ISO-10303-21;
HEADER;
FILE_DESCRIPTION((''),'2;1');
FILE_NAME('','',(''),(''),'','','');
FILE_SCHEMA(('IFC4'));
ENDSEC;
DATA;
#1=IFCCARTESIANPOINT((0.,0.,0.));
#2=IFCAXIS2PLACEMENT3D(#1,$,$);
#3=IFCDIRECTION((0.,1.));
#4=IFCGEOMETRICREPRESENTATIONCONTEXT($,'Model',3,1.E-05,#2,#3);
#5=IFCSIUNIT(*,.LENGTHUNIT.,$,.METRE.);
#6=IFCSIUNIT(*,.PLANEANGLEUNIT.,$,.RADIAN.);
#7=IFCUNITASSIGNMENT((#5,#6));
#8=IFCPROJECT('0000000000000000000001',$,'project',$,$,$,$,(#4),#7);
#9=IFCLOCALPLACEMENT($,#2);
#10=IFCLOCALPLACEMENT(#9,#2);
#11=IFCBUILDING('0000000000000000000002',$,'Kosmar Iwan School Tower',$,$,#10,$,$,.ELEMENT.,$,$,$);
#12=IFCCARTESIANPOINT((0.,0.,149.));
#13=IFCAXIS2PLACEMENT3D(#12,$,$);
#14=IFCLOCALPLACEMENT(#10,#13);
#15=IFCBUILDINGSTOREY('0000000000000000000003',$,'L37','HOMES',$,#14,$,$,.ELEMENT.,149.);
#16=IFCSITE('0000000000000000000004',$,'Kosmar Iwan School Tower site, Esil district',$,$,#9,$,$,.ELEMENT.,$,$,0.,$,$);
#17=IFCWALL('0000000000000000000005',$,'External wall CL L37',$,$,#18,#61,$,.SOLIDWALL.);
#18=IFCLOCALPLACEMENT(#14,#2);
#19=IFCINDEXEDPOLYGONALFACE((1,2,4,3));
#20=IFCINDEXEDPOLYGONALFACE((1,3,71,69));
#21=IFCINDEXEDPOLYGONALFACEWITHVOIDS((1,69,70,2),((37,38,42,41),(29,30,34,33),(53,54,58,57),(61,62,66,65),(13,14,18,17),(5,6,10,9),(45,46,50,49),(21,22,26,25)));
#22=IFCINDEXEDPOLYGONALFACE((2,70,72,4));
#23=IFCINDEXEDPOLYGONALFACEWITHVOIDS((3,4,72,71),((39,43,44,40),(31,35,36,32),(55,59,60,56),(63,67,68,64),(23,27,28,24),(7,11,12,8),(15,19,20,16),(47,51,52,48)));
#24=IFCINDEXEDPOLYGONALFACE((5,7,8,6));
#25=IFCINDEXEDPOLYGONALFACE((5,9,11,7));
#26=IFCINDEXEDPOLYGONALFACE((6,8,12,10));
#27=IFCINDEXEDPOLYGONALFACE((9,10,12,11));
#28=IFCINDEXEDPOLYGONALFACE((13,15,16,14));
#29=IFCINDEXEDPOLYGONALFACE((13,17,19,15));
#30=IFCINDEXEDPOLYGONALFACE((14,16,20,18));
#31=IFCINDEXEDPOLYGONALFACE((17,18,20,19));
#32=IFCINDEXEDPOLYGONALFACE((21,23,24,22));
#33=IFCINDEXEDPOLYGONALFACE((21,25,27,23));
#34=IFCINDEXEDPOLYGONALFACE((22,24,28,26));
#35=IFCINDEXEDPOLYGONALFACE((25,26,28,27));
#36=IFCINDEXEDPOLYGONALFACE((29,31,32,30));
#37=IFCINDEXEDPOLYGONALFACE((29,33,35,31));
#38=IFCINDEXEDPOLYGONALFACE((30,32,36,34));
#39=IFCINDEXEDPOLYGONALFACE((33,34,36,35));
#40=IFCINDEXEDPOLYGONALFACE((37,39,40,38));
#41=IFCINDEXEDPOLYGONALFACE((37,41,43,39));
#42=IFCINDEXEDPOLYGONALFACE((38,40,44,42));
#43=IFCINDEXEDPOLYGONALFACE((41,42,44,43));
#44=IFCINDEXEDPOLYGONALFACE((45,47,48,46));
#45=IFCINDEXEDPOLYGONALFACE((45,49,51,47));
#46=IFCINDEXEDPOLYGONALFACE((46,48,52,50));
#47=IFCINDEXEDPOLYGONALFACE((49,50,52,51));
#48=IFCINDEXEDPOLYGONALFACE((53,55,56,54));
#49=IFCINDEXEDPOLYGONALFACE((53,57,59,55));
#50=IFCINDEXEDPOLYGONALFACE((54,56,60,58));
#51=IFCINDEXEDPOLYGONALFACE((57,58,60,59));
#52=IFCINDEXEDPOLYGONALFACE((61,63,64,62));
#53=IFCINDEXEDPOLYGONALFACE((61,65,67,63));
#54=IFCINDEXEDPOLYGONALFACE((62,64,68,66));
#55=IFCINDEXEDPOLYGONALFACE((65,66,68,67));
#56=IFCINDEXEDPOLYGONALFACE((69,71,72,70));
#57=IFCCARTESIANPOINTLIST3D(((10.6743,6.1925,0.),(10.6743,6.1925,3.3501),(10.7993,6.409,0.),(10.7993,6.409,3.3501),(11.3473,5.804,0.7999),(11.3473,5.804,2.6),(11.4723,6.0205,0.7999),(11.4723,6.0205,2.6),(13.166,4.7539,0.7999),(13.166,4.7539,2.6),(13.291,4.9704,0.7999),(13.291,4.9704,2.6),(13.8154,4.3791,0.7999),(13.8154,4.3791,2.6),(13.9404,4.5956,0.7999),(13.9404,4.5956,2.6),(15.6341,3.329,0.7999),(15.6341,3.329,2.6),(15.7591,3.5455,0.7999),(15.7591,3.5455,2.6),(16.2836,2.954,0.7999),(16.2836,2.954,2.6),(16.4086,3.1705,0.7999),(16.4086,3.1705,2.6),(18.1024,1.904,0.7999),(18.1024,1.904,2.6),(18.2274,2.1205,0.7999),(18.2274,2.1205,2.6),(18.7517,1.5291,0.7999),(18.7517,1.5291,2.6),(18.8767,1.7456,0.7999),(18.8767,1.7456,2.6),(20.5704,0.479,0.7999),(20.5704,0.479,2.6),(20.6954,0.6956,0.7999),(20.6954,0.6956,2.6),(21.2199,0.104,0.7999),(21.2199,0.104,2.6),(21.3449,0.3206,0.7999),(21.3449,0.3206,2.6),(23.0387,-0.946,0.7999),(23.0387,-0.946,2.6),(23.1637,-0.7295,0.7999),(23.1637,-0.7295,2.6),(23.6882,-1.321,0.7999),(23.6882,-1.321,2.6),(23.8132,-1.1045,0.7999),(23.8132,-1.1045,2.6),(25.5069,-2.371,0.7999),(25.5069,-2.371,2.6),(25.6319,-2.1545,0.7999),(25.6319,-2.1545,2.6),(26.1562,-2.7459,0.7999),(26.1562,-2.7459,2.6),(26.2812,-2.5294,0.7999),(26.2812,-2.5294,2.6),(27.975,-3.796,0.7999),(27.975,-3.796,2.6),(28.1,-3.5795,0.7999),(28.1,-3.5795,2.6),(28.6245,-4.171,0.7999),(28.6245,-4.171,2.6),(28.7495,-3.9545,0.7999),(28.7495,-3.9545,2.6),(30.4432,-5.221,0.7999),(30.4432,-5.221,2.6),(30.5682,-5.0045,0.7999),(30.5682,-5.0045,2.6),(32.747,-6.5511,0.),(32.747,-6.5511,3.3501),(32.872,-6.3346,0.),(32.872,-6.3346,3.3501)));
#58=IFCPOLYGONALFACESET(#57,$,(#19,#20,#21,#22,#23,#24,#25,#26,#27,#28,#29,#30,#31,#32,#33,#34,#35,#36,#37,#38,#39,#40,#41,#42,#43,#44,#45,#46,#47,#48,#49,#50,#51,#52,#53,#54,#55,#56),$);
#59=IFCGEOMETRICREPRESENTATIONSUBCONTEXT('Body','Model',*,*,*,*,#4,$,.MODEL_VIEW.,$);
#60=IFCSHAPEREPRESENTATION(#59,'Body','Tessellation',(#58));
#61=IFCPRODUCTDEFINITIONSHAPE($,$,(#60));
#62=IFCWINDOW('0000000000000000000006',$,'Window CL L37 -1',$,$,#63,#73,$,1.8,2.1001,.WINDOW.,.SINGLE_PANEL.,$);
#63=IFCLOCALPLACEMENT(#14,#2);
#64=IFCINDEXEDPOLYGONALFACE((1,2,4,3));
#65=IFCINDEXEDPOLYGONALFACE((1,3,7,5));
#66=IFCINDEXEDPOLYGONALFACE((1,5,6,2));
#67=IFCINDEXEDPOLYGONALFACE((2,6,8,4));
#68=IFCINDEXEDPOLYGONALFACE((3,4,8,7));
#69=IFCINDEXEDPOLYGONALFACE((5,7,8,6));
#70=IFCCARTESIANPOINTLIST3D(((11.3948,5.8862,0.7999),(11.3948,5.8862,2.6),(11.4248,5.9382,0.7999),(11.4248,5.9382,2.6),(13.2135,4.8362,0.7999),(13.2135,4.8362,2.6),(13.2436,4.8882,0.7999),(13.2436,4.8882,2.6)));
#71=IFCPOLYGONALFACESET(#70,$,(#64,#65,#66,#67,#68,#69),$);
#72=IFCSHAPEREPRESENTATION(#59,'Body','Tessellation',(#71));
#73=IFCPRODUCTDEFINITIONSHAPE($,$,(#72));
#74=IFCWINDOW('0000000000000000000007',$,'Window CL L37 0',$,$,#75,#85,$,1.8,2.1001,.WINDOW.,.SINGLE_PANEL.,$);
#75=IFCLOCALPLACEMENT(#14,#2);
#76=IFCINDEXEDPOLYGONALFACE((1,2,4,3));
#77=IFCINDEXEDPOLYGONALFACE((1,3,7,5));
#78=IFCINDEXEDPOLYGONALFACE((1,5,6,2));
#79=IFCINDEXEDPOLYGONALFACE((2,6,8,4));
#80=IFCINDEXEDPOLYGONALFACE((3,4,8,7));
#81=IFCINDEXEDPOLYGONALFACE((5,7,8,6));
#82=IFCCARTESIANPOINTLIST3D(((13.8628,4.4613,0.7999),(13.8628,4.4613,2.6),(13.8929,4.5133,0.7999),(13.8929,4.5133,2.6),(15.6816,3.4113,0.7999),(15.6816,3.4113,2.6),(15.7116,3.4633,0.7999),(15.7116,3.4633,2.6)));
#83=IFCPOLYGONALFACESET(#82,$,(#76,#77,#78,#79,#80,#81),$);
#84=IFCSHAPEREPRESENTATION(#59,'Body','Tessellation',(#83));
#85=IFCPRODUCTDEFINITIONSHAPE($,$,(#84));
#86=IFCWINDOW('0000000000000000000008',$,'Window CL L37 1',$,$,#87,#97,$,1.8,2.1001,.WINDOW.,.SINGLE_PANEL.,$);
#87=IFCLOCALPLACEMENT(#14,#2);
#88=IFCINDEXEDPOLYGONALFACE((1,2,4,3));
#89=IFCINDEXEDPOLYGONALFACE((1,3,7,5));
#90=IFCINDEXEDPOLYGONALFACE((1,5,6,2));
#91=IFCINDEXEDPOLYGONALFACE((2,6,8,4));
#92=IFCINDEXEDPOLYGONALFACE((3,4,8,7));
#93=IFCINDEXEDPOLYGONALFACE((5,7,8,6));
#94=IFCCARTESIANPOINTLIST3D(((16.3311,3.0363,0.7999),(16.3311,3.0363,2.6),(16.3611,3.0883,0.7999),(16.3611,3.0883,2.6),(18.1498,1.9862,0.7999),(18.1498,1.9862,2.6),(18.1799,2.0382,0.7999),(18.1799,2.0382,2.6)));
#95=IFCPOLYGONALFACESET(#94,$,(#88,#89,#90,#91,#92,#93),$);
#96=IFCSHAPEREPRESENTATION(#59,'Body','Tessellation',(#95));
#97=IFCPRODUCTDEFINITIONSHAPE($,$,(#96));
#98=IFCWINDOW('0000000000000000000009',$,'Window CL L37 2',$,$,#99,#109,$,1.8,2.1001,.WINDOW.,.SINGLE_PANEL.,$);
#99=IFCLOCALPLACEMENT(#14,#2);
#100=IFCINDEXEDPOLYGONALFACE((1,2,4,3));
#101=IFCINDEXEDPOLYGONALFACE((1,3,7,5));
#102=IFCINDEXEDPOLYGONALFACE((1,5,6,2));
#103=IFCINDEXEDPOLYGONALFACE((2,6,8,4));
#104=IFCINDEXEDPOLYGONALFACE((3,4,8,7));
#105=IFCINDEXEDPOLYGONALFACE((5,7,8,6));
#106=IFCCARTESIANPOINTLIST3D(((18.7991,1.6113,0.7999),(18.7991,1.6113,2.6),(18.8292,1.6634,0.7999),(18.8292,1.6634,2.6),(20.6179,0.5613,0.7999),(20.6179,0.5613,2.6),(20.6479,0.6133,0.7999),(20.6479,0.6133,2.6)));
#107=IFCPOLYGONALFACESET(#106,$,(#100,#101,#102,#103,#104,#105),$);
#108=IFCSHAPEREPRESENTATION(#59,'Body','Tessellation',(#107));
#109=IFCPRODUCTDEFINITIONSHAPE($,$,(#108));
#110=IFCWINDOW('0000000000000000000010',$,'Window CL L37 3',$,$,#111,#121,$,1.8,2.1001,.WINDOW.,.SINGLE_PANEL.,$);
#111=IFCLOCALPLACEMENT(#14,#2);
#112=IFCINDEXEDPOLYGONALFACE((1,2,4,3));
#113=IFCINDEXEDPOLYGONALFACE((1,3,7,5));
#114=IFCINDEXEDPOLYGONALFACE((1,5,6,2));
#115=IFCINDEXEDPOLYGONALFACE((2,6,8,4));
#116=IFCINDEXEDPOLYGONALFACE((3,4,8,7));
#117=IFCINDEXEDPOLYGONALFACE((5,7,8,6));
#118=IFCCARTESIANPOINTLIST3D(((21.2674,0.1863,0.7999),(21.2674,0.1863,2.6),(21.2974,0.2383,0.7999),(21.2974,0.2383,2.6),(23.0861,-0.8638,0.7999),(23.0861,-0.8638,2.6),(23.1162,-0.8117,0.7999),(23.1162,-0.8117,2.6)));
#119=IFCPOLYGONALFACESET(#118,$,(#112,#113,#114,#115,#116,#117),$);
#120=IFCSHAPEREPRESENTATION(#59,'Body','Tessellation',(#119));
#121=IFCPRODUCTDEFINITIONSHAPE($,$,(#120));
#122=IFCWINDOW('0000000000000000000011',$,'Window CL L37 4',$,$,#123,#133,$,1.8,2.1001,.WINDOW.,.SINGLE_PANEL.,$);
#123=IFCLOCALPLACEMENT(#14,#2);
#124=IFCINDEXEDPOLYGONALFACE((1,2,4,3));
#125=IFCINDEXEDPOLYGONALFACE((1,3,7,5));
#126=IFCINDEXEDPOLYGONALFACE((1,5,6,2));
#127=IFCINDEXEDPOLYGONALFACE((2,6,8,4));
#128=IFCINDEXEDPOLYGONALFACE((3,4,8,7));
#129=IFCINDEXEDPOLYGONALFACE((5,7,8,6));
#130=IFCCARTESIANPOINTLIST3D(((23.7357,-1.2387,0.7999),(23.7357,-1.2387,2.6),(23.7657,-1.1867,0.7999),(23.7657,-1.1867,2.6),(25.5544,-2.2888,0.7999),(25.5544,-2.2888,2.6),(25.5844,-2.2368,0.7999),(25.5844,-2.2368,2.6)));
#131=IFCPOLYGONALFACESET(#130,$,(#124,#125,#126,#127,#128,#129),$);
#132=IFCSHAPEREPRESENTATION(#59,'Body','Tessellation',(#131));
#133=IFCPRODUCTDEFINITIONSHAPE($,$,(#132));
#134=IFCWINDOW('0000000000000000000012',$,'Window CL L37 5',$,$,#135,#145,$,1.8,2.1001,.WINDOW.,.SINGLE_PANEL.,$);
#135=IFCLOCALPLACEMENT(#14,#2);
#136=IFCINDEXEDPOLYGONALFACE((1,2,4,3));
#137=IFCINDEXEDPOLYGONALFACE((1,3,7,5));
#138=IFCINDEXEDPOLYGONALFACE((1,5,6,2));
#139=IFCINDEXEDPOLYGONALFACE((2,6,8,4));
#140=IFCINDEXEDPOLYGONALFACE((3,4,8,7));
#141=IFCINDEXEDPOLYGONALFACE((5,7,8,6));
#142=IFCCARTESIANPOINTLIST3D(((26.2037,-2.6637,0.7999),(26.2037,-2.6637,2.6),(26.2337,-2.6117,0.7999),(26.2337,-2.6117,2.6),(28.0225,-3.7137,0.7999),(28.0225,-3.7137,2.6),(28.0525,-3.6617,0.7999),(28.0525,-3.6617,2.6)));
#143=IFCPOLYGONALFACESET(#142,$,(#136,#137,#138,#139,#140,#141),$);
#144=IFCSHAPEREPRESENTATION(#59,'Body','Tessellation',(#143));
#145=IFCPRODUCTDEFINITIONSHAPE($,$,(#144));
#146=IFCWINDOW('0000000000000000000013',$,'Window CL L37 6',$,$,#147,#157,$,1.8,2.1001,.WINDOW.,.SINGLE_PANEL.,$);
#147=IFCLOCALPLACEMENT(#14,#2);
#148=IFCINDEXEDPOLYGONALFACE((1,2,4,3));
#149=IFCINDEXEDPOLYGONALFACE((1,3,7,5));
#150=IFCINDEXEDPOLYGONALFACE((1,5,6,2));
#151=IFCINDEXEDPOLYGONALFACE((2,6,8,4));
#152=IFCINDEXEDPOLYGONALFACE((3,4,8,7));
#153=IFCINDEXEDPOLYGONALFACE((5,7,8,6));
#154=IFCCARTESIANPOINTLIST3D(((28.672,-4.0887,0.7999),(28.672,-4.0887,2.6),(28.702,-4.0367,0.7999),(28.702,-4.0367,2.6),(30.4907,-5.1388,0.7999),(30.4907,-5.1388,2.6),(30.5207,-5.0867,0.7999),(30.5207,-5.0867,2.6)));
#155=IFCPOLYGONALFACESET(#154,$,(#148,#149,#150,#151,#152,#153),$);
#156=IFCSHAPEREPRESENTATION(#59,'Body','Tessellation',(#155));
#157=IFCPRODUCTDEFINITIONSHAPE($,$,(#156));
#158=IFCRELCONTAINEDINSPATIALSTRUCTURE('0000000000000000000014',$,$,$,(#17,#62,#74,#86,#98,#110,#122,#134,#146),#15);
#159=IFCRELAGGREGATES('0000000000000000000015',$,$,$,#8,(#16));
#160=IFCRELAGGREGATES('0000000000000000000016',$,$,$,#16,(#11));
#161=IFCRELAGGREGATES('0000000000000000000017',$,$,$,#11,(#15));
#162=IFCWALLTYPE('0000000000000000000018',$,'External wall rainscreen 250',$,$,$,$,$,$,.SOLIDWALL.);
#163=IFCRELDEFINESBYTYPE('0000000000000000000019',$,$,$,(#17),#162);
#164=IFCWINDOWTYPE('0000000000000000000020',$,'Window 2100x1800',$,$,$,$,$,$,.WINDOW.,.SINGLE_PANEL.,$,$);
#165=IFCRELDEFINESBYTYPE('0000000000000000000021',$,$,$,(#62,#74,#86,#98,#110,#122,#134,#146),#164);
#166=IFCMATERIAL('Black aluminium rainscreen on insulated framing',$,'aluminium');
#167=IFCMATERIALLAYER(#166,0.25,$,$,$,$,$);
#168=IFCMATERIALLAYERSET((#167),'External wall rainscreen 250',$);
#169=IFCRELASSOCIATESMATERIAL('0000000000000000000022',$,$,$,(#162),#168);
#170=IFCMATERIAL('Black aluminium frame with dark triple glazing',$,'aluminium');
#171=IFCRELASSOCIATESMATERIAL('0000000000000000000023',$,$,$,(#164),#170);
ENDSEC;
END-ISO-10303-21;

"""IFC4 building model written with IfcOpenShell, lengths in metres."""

from ifc_helpers import new_model, si_unit, direction, frame, frame_2d, origin, place, context, subcontext, project, spatial, rectangle, extrude, material, layer, layer_set, type_object, element, fill, save


model = new_model("IFC4")

# Units and contexts
model_context = context("Model", 3, precision=1e-05, world=origin(), true_north=direction((0.0, 1.0)))
body_context = subcontext(model_context, "Body", "Model", "MODEL_VIEW")
ifc_project = project(units=[si_unit("LENGTHUNIT", "METRE"), si_unit("PLANEANGLEUNIT", "RADIAN")], contexts=[model_context])

# Site, building, storey
site_placement = place(None, origin())
site = spatial("IfcSite", under=ifc_project, at=site_placement, Name="Kosmar Iwan School Tower site, Esil district", CompositionType="ELEMENT", RefElevation=0.0)
building_placement = place(site_placement, origin())
building = spatial("IfcBuilding", under=site, at=building_placement, Name="Kosmar Iwan School Tower", CompositionType="ELEMENT")
storey_placement = place(building_placement, frame((0.0, 0.0, 149.0)))
storey = spatial("IfcBuildingStorey", under=building, at=storey_placement, Name="L37", Description="HOMES", CompositionType="ELEMENT", Elevation=149.0)

# Wall, openings, windows
ifc_material_1 = material(Name="Black aluminium rainscreen on insulated framing", Category="aluminium")
ifc_layer = layer(ifc_material_1, 0.25)
ifc_layer_set = layer_set([ifc_layer], Name="External wall rainscreen 250")
wall_type = type_object("IfcWallType", Name="External wall rainscreen 250", PredefinedType="SOLIDWALL", material=ifc_layer_set)
wall_1_placement = place(storey_placement, frame((10.7368, 6.3008, 0.0), z_axis=(0.0, 0.0, 1.0), x_axis=(0.866026, -0.499998, 0.0)))
wall_1 = element("IfcWall", 1, at=wall_1_placement, inside=storey, type_object=wall_type, Name="External wall CL L37", PredefinedType="SOLIDWALL", context=body_context, shape_type="SweptSolid", body=[
    extrude(rectangle(XDim=25.4873, YDim=0.25, at=frame_2d((12.7437, 0.0))), origin(), (0.0, 0.0, 1.0), 3.3501),
])
opening_1_placement = place(wall_1_placement, frame((0.7771, 0.0, 0.8)))
opening_1 = element("IfcOpeningElement", 2, at=opening_1_placement, cuts=wall_1, PredefinedType="OPENING", context=body_context, shape_type="SweptSolid", body=[
    extrude(rectangle(XDim=2.1001, YDim=1.8, at=frame_2d((1.05, 0.8999))), frame((0.0, 0.137, 0.0), z_axis=(0.0, -1.0, 0.0), x_axis=(1.0, 0.0, 0.0)), (0.0, 0.0, 1.0), 0.2739),
])
opening_2_placement = place(wall_1_placement, frame((3.627, 0.0, 0.8)))
opening_2 = element("IfcOpeningElement", 3, at=opening_2_placement, cuts=wall_1, PredefinedType="OPENING", context=body_context, shape_type="SweptSolid", body=[
    extrude(rectangle(XDim=2.1001, YDim=1.8, at=frame_2d((1.05, 0.8999))), frame((0.0, 0.137, 0.0), z_axis=(0.0, -1.0, 0.0), x_axis=(1.0, 0.0, 0.0)), (0.0, 0.0, 1.0), 0.2739),
])
opening_3_placement = place(wall_1_placement, frame((6.4771, 0.0, 0.8)))
opening_3 = element("IfcOpeningElement", 4, at=opening_3_placement, cuts=wall_1, PredefinedType="OPENING", context=body_context, shape_type="SweptSolid", body=[
    extrude(rectangle(XDim=2.1001, YDim=1.8, at=frame_2d((1.05, 0.8999))), frame((0.0, 0.137, 0.0), z_axis=(0.0, -1.0, 0.0), x_axis=(1.0, 0.0, 0.0)), (0.0, 0.0, 1.0), 0.2739),
])
opening_4_placement = place(wall_1_placement, frame((9.3269, 0.0, 0.8)))
opening_4 = element("IfcOpeningElement", 5, at=opening_4_placement, cuts=wall_1, PredefinedType="OPENING", context=body_context, shape_type="SweptSolid", body=[
    extrude(rectangle(XDim=2.1001, YDim=1.8, at=frame_2d((1.05, 0.8999))), frame((0.0, 0.137, 0.0), z_axis=(0.0, -1.0, 0.0), x_axis=(1.0, 0.0, 0.0)), (0.0, 0.0, 1.0), 0.2739),
])
opening_5_placement = place(wall_1_placement, frame((12.177, 0.0, 0.8)))
opening_5 = element("IfcOpeningElement", 6, at=opening_5_placement, cuts=wall_1, PredefinedType="OPENING", context=body_context, shape_type="SweptSolid", body=[
    extrude(rectangle(XDim=2.1001, YDim=1.8, at=frame_2d((1.05, 0.8999))), frame((0.0, 0.137, 0.0), z_axis=(0.0, -1.0, 0.0), x_axis=(1.0, 0.0, 0.0)), (0.0, 0.0, 1.0), 0.2739),
])
opening_6_placement = place(wall_1_placement, frame((15.0271, 0.0, 0.8)))
opening_6 = element("IfcOpeningElement", 7, at=opening_6_placement, cuts=wall_1, PredefinedType="OPENING", context=body_context, shape_type="SweptSolid", body=[
    extrude(rectangle(XDim=2.1001, YDim=1.8, at=frame_2d((1.05, 0.8999))), frame((0.0, 0.137, 0.0), z_axis=(0.0, -1.0, 0.0), x_axis=(1.0, 0.0, 0.0)), (0.0, 0.0, 1.0), 0.2739),
])
opening_7_placement = place(wall_1_placement, frame((17.877, 0.0, 0.8)))
opening_7 = element("IfcOpeningElement", 8, at=opening_7_placement, cuts=wall_1, PredefinedType="OPENING", context=body_context, shape_type="SweptSolid", body=[
    extrude(rectangle(XDim=2.1001, YDim=1.8, at=frame_2d((1.05, 0.8999))), frame((0.0, 0.137, 0.0), z_axis=(0.0, -1.0, 0.0), x_axis=(1.0, 0.0, 0.0)), (0.0, 0.0, 1.0), 0.2739),
])
opening_8_placement = place(wall_1_placement, frame((20.7271, 0.0, 0.8)))
opening_8 = element("IfcOpeningElement", 9, at=opening_8_placement, cuts=wall_1, PredefinedType="OPENING", context=body_context, shape_type="SweptSolid", body=[
    extrude(rectangle(XDim=2.1001, YDim=1.8, at=frame_2d((1.05, 0.8999))), frame((0.0, 0.137, 0.0), z_axis=(0.0, -1.0, 0.0), x_axis=(1.0, 0.0, 0.0)), (0.0, 0.0, 1.0), 0.2739),
])
ifc_material_2 = material(Name="Black aluminium frame with dark triple glazing", Category="aluminium")
window_type = type_object("IfcWindowType", Name="Window 2100x1800", PartitioningType="SINGLE_PANEL", PredefinedType="WINDOW", material=ifc_material_2)
window_1_placement = place(opening_1_placement, origin())
window_1 = element("IfcWindow", 10, at=window_1_placement, inside=storey, type_object=window_type, Name="Window CL L37 -1", OverallHeight=1.8, OverallWidth=2.1001, PartitioningType="SINGLE_PANEL", PredefinedType="WINDOW", context=body_context, shape_type="SweptSolid", body=[
    extrude(rectangle(XDim=2.1001, YDim=1.8, at=frame_2d((1.05, 0.8999))), frame((0.0, 0.03, 0.0), z_axis=(0.0, -1.0, 0.0), x_axis=(1.0, 0.0, 0.0)), (0.0, 0.0, 1.0), 0.0601),
])
fill(opening_1, window_1)
window_2_placement = place(opening_2_placement, origin())
window_2 = element("IfcWindow", 11, at=window_2_placement, inside=storey, type_object=window_type, Name="Window CL L37 0", OverallHeight=1.8, OverallWidth=2.1001, PartitioningType="SINGLE_PANEL", PredefinedType="WINDOW", context=body_context, shape_type="SweptSolid", body=[
    extrude(rectangle(XDim=2.1001, YDim=1.8, at=frame_2d((1.05, 0.8999))), frame((0.0, 0.03, 0.0), z_axis=(0.0, -1.0, 0.0), x_axis=(1.0, 0.0, 0.0)), (0.0, 0.0, 1.0), 0.0601),
])
fill(opening_2, window_2)
window_3_placement = place(opening_3_placement, origin())
window_3 = element("IfcWindow", 12, at=window_3_placement, inside=storey, type_object=window_type, Name="Window CL L37 1", OverallHeight=1.8, OverallWidth=2.1001, PartitioningType="SINGLE_PANEL", PredefinedType="WINDOW", context=body_context, shape_type="SweptSolid", body=[
    extrude(rectangle(XDim=2.1001, YDim=1.8, at=frame_2d((1.05, 0.8999))), frame((0.0, 0.03, 0.0), z_axis=(0.0, -1.0, 0.0), x_axis=(1.0, 0.0, 0.0)), (0.0, 0.0, 1.0), 0.0601),
])
fill(opening_3, window_3)
window_4_placement = place(opening_4_placement, origin())
window_4 = element("IfcWindow", 13, at=window_4_placement, inside=storey, type_object=window_type, Name="Window CL L37 2", OverallHeight=1.8, OverallWidth=2.1001, PartitioningType="SINGLE_PANEL", PredefinedType="WINDOW", context=body_context, shape_type="SweptSolid", body=[
    extrude(rectangle(XDim=2.1001, YDim=1.8, at=frame_2d((1.05, 0.8999))), frame((0.0, 0.03, 0.0), z_axis=(0.0, -1.0, 0.0), x_axis=(1.0, 0.0, 0.0)), (0.0, 0.0, 1.0), 0.0601),
])
fill(opening_4, window_4)
window_5_placement = place(opening_5_placement, origin())
window_5 = element("IfcWindow", 14, at=window_5_placement, inside=storey, type_object=window_type, Name="Window CL L37 3", OverallHeight=1.8, OverallWidth=2.1001, PartitioningType="SINGLE_PANEL", PredefinedType="WINDOW", context=body_context, shape_type="SweptSolid", body=[
    extrude(rectangle(XDim=2.1001, YDim=1.8, at=frame_2d((1.05, 0.8999))), frame((0.0, 0.03, 0.0), z_axis=(0.0, -1.0, 0.0), x_axis=(1.0, 0.0, 0.0)), (0.0, 0.0, 1.0), 0.0601),
])
fill(opening_5, window_5)
window_6_placement = place(opening_6_placement, origin())
window_6 = element("IfcWindow", 15, at=window_6_placement, inside=storey, type_object=window_type, Name="Window CL L37 4", OverallHeight=1.8, OverallWidth=2.1001, PartitioningType="SINGLE_PANEL", PredefinedType="WINDOW", context=body_context, shape_type="SweptSolid", body=[
    extrude(rectangle(XDim=2.1001, YDim=1.8, at=frame_2d((1.05, 0.8999))), frame((0.0, 0.03, 0.0), z_axis=(0.0, -1.0, 0.0), x_axis=(1.0, 0.0, 0.0)), (0.0, 0.0, 1.0), 0.0601),
])
fill(opening_6, window_6)
window_7_placement = place(opening_7_placement, origin())
window_7 = element("IfcWindow", 16, at=window_7_placement, inside=storey, type_object=window_type, Name="Window CL L37 5", OverallHeight=1.8, OverallWidth=2.1001, PartitioningType="SINGLE_PANEL", PredefinedType="WINDOW", context=body_context, shape_type="SweptSolid", body=[
    extrude(rectangle(XDim=2.1001, YDim=1.8, at=frame_2d((1.05, 0.8999))), frame((0.0, 0.03, 0.0), z_axis=(0.0, -1.0, 0.0), x_axis=(1.0, 0.0, 0.0)), (0.0, 0.0, 1.0), 0.0601),
])
fill(opening_7, window_7)
window_8_placement = place(opening_8_placement, origin())
window_8 = element("IfcWindow", 17, at=window_8_placement, inside=storey, type_object=window_type, Name="Window CL L37 6", OverallHeight=1.8, OverallWidth=2.1001, PartitioningType="SINGLE_PANEL", PredefinedType="WINDOW", context=body_context, shape_type="SweptSolid", body=[
    extrude(rectangle(XDim=2.1001, YDim=1.8, at=frame_2d((1.05, 0.8999))), frame((0.0, 0.03, 0.0), z_axis=(0.0, -1.0, 0.0), x_axis=(1.0, 0.0, 0.0)), (0.0, 0.0, 1.0), 0.0601),
])
fill(opening_8, window_8)

save(model, "model.ifc")
